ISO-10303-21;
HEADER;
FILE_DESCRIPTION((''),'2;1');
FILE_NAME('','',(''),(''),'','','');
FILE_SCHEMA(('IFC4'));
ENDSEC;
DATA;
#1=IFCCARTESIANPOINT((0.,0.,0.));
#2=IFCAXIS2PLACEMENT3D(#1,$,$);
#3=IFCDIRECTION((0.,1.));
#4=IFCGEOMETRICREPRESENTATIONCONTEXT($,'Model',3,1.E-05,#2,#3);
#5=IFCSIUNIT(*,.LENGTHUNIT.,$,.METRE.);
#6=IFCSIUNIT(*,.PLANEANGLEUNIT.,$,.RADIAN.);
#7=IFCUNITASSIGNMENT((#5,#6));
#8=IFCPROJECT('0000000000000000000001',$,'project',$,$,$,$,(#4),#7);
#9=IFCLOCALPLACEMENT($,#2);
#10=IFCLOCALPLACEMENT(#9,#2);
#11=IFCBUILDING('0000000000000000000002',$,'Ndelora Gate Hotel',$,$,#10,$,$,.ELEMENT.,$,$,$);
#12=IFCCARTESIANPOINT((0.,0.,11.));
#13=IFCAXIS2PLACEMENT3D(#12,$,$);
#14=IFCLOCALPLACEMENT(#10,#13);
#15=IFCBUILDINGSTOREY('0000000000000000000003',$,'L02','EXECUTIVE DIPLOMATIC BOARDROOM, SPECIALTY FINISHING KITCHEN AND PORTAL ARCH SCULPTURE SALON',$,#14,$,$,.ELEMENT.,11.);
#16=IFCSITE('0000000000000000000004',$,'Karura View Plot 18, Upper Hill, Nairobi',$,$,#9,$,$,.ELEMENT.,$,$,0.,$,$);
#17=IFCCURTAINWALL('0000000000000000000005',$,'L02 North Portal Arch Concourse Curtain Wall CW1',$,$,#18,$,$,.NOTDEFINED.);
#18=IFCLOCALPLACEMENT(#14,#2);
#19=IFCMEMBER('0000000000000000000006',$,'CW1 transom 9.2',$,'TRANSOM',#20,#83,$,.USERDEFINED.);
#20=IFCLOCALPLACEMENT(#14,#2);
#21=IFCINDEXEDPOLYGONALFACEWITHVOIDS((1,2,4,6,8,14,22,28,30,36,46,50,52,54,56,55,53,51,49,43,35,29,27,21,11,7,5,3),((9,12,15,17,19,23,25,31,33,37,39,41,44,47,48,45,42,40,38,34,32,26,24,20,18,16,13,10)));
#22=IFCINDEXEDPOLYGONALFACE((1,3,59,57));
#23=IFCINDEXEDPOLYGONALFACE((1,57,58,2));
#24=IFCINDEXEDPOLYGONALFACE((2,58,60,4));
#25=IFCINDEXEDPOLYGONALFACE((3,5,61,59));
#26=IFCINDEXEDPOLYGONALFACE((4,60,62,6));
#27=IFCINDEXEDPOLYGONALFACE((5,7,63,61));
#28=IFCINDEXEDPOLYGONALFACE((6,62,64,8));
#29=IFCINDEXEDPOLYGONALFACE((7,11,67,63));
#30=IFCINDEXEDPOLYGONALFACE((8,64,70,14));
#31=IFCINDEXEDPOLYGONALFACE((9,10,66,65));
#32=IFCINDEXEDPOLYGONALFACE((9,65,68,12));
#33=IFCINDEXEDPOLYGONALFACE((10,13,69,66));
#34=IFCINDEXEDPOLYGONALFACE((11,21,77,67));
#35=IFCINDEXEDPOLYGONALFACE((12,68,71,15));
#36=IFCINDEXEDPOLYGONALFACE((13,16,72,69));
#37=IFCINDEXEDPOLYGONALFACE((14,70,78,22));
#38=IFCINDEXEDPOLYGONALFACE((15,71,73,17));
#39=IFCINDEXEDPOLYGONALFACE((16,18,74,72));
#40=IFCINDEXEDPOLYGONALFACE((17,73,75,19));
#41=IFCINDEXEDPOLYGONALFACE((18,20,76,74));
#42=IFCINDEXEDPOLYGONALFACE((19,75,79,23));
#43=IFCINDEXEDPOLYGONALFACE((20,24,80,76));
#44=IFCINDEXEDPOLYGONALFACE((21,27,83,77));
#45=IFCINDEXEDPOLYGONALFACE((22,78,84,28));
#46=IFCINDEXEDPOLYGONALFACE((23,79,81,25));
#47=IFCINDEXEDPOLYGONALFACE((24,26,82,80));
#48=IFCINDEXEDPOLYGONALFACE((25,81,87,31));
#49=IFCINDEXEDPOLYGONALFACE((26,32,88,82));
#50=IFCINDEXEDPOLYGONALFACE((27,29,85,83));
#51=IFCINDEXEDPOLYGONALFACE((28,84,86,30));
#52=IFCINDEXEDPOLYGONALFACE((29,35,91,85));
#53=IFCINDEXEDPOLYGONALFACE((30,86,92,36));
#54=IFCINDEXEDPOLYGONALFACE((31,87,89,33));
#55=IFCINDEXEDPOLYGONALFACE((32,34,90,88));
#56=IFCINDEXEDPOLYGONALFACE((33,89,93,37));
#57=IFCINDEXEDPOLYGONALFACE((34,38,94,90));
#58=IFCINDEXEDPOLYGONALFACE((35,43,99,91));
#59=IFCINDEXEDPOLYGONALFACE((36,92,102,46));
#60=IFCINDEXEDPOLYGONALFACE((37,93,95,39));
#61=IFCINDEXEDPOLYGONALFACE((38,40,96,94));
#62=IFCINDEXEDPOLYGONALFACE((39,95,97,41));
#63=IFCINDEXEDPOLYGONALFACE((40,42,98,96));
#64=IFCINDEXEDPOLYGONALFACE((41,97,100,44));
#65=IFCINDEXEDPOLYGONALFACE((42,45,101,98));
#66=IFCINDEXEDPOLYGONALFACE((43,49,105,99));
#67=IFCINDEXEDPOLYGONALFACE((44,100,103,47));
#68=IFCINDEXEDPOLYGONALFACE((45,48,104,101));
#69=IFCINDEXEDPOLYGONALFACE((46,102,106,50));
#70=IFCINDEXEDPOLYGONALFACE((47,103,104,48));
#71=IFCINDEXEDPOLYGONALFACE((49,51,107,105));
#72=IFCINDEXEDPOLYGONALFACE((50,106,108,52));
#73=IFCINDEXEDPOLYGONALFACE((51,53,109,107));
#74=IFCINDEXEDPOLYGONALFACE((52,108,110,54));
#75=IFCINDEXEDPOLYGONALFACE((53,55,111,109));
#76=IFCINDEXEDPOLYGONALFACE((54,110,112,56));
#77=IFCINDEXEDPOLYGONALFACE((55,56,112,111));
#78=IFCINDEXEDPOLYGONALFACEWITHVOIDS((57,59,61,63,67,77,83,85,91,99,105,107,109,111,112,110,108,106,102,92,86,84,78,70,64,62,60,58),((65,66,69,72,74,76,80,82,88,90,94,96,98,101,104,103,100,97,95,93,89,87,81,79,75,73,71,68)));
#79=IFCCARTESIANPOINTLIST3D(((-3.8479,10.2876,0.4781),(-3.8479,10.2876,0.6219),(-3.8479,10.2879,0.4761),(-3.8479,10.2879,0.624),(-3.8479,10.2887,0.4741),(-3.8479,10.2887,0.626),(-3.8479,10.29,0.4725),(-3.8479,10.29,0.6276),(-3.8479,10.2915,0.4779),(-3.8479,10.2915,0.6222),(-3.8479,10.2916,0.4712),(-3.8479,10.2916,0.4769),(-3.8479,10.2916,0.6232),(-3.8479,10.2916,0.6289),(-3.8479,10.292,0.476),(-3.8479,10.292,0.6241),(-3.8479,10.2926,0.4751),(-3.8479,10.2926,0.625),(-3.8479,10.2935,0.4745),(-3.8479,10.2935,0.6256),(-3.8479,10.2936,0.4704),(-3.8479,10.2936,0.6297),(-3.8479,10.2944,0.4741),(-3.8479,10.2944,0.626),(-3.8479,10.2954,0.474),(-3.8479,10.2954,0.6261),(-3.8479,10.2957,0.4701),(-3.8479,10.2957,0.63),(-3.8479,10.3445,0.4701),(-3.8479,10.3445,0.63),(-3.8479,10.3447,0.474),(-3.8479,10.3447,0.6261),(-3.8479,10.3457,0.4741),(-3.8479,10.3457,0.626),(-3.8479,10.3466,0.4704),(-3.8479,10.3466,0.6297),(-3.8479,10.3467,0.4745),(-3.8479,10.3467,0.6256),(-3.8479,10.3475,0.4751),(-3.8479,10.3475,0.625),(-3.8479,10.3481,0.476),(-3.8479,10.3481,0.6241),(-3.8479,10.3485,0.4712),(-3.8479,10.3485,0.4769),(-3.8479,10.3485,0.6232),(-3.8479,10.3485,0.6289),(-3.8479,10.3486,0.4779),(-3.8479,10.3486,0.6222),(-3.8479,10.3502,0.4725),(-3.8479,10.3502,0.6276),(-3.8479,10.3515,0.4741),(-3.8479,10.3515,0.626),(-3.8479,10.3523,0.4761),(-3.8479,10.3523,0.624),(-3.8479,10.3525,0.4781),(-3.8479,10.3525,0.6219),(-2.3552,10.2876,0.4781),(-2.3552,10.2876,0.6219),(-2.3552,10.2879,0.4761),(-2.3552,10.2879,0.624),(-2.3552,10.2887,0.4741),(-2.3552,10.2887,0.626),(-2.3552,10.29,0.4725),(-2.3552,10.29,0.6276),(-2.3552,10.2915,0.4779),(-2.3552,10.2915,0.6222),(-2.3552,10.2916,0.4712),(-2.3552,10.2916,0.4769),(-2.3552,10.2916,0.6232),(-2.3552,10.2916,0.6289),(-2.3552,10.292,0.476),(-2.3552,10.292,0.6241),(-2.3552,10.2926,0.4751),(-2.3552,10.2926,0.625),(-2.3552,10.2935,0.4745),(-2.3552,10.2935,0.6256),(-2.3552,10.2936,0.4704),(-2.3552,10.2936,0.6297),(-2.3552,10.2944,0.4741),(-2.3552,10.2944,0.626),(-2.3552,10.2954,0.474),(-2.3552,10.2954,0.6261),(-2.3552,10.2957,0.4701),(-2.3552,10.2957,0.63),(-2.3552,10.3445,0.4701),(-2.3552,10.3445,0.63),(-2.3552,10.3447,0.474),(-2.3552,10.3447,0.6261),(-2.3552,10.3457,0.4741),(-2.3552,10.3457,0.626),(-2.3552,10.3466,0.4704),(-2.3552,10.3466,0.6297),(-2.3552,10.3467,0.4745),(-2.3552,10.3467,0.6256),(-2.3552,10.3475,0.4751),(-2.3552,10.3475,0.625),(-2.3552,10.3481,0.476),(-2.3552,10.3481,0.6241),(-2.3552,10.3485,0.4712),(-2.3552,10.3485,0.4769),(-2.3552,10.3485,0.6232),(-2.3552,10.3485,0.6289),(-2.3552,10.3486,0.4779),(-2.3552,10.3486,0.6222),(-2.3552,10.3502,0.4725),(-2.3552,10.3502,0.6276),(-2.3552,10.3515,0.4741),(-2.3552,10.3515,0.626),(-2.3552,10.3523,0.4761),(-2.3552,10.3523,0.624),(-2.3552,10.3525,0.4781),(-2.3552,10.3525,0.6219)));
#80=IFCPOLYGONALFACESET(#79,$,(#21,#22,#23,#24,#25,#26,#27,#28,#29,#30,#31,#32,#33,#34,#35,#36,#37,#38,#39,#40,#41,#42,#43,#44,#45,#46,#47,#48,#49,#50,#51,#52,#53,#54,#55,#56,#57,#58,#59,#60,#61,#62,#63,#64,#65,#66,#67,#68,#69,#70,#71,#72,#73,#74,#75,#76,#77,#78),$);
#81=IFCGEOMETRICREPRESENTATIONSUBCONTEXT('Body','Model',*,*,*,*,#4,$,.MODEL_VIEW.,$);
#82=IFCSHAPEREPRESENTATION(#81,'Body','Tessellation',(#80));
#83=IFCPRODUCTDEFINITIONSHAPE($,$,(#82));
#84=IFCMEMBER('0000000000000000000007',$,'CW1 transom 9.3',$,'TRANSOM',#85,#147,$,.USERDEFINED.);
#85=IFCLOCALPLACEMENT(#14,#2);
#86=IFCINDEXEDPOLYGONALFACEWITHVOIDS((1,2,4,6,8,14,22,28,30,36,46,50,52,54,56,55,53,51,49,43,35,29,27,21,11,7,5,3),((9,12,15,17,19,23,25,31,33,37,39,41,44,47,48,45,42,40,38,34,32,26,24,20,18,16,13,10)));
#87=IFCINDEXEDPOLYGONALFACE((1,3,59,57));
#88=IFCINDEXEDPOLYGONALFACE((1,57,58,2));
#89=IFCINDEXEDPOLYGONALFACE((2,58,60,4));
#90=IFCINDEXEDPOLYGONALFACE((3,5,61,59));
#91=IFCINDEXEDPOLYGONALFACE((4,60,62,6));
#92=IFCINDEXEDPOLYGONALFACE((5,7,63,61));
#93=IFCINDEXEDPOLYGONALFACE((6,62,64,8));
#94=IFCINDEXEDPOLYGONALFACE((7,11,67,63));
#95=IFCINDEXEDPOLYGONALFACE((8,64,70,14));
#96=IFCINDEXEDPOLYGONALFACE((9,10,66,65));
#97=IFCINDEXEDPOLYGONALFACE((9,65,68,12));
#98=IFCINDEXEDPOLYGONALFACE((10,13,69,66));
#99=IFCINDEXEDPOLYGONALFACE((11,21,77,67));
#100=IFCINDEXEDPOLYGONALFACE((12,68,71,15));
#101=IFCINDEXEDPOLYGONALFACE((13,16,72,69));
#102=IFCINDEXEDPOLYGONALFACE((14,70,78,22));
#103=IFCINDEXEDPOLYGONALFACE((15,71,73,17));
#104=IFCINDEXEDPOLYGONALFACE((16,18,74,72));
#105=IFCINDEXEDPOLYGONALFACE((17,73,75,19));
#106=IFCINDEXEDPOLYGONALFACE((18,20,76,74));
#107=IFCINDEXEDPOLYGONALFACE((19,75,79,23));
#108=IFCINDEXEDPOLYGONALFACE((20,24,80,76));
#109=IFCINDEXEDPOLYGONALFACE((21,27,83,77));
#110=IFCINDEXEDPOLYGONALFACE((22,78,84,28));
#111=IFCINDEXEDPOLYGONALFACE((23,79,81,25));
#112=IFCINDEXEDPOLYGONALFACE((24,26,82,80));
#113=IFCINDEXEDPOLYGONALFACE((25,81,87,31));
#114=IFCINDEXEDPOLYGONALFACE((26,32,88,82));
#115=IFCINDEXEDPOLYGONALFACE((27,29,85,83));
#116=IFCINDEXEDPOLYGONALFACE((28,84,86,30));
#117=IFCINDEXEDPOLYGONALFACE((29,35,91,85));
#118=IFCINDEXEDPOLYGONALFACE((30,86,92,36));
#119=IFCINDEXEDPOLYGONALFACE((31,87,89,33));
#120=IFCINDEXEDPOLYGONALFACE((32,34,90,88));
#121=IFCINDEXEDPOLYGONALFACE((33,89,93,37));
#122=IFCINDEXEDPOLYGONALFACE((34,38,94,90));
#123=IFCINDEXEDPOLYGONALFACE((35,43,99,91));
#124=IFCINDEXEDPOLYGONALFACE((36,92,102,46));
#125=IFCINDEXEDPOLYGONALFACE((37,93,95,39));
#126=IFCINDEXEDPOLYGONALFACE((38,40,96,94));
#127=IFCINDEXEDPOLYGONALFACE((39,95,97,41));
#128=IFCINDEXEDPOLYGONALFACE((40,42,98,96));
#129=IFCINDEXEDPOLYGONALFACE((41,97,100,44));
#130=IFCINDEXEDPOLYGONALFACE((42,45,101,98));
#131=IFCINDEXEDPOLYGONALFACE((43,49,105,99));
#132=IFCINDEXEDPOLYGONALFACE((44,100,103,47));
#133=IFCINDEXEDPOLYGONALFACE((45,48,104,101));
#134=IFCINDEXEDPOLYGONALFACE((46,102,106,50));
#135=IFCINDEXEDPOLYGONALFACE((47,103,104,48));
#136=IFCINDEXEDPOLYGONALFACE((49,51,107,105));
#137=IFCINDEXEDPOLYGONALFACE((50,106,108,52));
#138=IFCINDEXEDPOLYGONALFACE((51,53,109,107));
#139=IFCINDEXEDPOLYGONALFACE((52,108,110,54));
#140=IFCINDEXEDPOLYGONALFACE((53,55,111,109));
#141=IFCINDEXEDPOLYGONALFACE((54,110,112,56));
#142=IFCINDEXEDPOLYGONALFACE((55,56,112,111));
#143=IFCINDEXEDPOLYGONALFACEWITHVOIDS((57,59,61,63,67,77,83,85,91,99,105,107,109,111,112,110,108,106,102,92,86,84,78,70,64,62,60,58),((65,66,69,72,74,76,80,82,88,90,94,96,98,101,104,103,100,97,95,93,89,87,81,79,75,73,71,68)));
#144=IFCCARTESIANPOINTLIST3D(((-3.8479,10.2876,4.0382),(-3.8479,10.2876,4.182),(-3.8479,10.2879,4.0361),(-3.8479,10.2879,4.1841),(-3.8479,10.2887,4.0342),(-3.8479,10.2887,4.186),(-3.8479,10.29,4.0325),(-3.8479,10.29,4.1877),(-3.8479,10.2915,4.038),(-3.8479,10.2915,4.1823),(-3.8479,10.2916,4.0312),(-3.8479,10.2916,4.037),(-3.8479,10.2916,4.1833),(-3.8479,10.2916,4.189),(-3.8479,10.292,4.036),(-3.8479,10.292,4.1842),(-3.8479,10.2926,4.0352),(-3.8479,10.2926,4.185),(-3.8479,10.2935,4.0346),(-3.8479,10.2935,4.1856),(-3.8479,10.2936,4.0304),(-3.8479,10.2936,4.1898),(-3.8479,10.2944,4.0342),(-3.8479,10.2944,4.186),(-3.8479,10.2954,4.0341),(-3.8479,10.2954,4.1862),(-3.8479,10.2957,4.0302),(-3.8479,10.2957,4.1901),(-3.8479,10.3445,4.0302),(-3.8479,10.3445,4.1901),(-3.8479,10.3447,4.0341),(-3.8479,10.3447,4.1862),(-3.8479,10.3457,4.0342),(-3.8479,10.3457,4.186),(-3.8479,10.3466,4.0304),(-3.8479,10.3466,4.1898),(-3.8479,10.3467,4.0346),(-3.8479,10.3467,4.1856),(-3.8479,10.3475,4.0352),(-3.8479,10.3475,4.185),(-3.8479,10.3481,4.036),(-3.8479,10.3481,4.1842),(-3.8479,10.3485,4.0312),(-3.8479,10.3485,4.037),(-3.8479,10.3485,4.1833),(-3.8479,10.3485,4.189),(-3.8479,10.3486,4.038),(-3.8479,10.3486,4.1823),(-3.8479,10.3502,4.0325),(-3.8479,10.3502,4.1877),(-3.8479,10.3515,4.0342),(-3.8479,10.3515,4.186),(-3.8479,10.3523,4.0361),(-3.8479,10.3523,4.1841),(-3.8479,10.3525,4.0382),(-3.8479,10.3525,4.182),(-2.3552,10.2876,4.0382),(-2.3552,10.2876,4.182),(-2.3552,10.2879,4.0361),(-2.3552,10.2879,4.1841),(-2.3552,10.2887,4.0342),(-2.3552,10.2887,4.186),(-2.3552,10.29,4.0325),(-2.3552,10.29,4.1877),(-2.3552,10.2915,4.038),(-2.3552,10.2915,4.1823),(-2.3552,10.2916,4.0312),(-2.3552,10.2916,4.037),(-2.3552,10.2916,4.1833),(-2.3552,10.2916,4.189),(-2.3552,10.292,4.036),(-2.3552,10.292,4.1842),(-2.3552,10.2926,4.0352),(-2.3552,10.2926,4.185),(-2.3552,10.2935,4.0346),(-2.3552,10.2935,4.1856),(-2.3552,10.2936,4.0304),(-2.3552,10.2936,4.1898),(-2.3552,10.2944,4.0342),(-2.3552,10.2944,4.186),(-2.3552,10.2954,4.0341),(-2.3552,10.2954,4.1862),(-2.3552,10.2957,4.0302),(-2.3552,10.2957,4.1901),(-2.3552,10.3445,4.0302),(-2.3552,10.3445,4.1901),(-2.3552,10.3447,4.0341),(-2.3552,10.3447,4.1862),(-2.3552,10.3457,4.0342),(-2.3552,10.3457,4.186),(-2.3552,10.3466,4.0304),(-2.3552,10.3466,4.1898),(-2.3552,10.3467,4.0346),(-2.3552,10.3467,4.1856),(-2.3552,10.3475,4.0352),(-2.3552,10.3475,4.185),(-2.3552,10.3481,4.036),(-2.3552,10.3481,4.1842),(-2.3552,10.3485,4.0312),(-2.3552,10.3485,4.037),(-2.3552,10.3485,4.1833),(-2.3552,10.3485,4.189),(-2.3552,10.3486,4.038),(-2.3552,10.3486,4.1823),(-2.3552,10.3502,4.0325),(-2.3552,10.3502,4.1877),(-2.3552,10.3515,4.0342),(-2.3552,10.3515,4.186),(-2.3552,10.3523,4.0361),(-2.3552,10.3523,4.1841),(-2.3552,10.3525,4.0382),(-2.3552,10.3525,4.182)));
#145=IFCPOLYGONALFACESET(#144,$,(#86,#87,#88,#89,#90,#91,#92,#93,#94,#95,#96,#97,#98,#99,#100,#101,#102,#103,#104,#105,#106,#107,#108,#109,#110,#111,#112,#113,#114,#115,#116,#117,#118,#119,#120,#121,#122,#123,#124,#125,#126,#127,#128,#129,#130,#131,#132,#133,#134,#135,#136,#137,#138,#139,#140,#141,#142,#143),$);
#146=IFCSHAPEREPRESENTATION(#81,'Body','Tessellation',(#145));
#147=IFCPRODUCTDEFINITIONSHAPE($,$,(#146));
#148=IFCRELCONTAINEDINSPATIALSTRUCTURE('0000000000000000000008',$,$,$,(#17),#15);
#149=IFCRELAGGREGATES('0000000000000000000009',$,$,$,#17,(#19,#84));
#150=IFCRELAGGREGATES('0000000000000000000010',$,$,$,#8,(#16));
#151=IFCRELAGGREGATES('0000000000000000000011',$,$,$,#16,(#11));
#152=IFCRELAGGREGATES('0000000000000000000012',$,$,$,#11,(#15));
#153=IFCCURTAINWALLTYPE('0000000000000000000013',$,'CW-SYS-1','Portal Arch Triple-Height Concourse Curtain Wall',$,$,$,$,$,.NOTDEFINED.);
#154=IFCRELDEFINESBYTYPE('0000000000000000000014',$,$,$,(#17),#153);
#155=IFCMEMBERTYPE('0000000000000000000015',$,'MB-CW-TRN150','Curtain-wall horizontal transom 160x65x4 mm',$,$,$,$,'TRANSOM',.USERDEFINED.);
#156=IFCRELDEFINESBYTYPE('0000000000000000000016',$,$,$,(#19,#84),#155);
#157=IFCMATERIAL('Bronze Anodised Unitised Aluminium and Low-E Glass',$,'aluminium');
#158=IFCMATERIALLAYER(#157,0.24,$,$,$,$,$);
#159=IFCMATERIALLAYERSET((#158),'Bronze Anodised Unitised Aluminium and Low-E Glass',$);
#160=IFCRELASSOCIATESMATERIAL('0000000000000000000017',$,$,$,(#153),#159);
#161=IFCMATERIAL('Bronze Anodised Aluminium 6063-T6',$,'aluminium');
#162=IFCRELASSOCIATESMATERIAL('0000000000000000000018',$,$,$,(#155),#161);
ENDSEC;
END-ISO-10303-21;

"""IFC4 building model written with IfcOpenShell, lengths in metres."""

from ifc_helpers import new_model, si_unit, direction, frame, origin, origin_2d, place, context, subcontext, project, spatial, hollow_rectangle, extrude, material, layer, layer_set, material_profile, profile_set, type_object, element, aggregate, save


model = new_model("IFC4")

# Units and contexts
model_context = context("Model", 3, precision=1e-05, world=origin(), true_north=direction((0.0, 1.0)))
body_context = subcontext(model_context, "Body", "Model", "MODEL_VIEW")
ifc_project = project(units=[si_unit("LENGTHUNIT", "METRE"), si_unit("PLANEANGLEUNIT", "RADIAN")], contexts=[model_context])

# Site, building, storey
site_placement = place(None, origin())
site = spatial("IfcSite", under=ifc_project, at=site_placement, Name="Karura View Plot 18, Upper Hill, Nairobi", CompositionType="ELEMENT", RefElevation=0.0)
building_placement = place(site_placement, origin())
building = spatial("IfcBuilding", under=site, at=building_placement, Name="Ndelora Gate Hotel", CompositionType="ELEMENT")
storey_placement = place(building_placement, frame((0.0, 0.0, 11.0)))
storey = spatial("IfcBuildingStorey", under=building, at=storey_placement, Name="L02", Description="EXECUTIVE DIPLOMATIC BOARDROOM, SPECIALTY FINISHING KITCHEN AND PORTAL ARCH SCULPTURE SALON", CompositionType="ELEMENT", Elevation=11.0)

# Curtain wall, members
ifc_material_1 = material(Name="Bronze Anodised Unitised Aluminium and Low-E Glass", Category="aluminium")
ifc_layer_1 = layer(ifc_material_1, 0.24)
ifc_layer_set_1 = layer_set([ifc_layer_1], Name="Bronze Anodised Unitised Aluminium and Low-E Glass")
curtain_wall_type = type_object("IfcCurtainWallType", Name="CW-SYS-1", Description="Portal Arch Triple-Height Concourse Curtain Wall", PredefinedType="NOTDEFINED", material=ifc_layer_set_1)
curtain_wall_placement = place(storey_placement, origin())
curtain_wall = element("IfcCurtainWall", 1, at=curtain_wall_placement, inside=storey, type_object=curtain_wall_type, Name="L02 North Portal Arch Concourse Curtain Wall CW1", PredefinedType="NOTDEFINED")
ifc_material_2 = material(Name="Bronze Anodised Aluminium 6063-T6", Category="aluminium")
ifc_material_profile_1 = material_profile(ifc_material_2, hollow_rectangle(XDim=0.0649, YDim=0.1599, WallThickness=0.0039, InnerFilletRadius=0.0039, OuterFilletRadius=0.0081, at=origin_2d()), Name="ALU 160x65x4")
ifc_profile_set_1 = profile_set([ifc_material_profile_1], Name="Bronze Anodised Aluminium 6063-T6")
member_type_1 = type_object("IfcMemberType", Name="MB-CW-TRN150", Description="Curtain-wall horizontal transom 160x65x4 mm", ElementType="TRANSOM", PredefinedType="USERDEFINED", material=ifc_profile_set_1)
member_1_placement = place(storey_placement, frame((-2.3552, 10.3201, 0.55), z_axis=(-1.0, 0.0, 0.0), x_axis=(0.0, -1.0, 0.0)))
member_1 = element("IfcMember", 2, at=member_1_placement, type_object=member_type_1, Name="CW1 transom 9.2", ObjectType="TRANSOM", PredefinedType="USERDEFINED", context=body_context, shape_type="SweptSolid", body=[
    extrude(hollow_rectangle(XDim=0.0649, YDim=0.1599, WallThickness=0.0039, InnerFilletRadius=0.0039, OuterFilletRadius=0.0081, at=origin_2d()), origin(), (0.0, 0.0, 1.0), 1.4927),
])
member_2_placement = place(storey_placement, frame((-2.3552, 10.3201, 4.1101), z_axis=(-1.0, 0.0, 0.0), x_axis=(0.0, -1.0, 0.0)))
member_2 = element("IfcMember", 3, at=member_2_placement, type_object=member_type_1, Name="CW1 transom 9.3", ObjectType="TRANSOM", PredefinedType="USERDEFINED", context=body_context, shape_type="SweptSolid", body=[
    extrude(hollow_rectangle(XDim=0.0649, YDim=0.1599, WallThickness=0.0039, InnerFilletRadius=0.0039, OuterFilletRadius=0.0081, at=origin_2d()), origin(), (0.0, 0.0, 1.0), 1.4927),
])
aggregate(curtain_wall, [member_1, member_2])

save(model, "model.ifc")
